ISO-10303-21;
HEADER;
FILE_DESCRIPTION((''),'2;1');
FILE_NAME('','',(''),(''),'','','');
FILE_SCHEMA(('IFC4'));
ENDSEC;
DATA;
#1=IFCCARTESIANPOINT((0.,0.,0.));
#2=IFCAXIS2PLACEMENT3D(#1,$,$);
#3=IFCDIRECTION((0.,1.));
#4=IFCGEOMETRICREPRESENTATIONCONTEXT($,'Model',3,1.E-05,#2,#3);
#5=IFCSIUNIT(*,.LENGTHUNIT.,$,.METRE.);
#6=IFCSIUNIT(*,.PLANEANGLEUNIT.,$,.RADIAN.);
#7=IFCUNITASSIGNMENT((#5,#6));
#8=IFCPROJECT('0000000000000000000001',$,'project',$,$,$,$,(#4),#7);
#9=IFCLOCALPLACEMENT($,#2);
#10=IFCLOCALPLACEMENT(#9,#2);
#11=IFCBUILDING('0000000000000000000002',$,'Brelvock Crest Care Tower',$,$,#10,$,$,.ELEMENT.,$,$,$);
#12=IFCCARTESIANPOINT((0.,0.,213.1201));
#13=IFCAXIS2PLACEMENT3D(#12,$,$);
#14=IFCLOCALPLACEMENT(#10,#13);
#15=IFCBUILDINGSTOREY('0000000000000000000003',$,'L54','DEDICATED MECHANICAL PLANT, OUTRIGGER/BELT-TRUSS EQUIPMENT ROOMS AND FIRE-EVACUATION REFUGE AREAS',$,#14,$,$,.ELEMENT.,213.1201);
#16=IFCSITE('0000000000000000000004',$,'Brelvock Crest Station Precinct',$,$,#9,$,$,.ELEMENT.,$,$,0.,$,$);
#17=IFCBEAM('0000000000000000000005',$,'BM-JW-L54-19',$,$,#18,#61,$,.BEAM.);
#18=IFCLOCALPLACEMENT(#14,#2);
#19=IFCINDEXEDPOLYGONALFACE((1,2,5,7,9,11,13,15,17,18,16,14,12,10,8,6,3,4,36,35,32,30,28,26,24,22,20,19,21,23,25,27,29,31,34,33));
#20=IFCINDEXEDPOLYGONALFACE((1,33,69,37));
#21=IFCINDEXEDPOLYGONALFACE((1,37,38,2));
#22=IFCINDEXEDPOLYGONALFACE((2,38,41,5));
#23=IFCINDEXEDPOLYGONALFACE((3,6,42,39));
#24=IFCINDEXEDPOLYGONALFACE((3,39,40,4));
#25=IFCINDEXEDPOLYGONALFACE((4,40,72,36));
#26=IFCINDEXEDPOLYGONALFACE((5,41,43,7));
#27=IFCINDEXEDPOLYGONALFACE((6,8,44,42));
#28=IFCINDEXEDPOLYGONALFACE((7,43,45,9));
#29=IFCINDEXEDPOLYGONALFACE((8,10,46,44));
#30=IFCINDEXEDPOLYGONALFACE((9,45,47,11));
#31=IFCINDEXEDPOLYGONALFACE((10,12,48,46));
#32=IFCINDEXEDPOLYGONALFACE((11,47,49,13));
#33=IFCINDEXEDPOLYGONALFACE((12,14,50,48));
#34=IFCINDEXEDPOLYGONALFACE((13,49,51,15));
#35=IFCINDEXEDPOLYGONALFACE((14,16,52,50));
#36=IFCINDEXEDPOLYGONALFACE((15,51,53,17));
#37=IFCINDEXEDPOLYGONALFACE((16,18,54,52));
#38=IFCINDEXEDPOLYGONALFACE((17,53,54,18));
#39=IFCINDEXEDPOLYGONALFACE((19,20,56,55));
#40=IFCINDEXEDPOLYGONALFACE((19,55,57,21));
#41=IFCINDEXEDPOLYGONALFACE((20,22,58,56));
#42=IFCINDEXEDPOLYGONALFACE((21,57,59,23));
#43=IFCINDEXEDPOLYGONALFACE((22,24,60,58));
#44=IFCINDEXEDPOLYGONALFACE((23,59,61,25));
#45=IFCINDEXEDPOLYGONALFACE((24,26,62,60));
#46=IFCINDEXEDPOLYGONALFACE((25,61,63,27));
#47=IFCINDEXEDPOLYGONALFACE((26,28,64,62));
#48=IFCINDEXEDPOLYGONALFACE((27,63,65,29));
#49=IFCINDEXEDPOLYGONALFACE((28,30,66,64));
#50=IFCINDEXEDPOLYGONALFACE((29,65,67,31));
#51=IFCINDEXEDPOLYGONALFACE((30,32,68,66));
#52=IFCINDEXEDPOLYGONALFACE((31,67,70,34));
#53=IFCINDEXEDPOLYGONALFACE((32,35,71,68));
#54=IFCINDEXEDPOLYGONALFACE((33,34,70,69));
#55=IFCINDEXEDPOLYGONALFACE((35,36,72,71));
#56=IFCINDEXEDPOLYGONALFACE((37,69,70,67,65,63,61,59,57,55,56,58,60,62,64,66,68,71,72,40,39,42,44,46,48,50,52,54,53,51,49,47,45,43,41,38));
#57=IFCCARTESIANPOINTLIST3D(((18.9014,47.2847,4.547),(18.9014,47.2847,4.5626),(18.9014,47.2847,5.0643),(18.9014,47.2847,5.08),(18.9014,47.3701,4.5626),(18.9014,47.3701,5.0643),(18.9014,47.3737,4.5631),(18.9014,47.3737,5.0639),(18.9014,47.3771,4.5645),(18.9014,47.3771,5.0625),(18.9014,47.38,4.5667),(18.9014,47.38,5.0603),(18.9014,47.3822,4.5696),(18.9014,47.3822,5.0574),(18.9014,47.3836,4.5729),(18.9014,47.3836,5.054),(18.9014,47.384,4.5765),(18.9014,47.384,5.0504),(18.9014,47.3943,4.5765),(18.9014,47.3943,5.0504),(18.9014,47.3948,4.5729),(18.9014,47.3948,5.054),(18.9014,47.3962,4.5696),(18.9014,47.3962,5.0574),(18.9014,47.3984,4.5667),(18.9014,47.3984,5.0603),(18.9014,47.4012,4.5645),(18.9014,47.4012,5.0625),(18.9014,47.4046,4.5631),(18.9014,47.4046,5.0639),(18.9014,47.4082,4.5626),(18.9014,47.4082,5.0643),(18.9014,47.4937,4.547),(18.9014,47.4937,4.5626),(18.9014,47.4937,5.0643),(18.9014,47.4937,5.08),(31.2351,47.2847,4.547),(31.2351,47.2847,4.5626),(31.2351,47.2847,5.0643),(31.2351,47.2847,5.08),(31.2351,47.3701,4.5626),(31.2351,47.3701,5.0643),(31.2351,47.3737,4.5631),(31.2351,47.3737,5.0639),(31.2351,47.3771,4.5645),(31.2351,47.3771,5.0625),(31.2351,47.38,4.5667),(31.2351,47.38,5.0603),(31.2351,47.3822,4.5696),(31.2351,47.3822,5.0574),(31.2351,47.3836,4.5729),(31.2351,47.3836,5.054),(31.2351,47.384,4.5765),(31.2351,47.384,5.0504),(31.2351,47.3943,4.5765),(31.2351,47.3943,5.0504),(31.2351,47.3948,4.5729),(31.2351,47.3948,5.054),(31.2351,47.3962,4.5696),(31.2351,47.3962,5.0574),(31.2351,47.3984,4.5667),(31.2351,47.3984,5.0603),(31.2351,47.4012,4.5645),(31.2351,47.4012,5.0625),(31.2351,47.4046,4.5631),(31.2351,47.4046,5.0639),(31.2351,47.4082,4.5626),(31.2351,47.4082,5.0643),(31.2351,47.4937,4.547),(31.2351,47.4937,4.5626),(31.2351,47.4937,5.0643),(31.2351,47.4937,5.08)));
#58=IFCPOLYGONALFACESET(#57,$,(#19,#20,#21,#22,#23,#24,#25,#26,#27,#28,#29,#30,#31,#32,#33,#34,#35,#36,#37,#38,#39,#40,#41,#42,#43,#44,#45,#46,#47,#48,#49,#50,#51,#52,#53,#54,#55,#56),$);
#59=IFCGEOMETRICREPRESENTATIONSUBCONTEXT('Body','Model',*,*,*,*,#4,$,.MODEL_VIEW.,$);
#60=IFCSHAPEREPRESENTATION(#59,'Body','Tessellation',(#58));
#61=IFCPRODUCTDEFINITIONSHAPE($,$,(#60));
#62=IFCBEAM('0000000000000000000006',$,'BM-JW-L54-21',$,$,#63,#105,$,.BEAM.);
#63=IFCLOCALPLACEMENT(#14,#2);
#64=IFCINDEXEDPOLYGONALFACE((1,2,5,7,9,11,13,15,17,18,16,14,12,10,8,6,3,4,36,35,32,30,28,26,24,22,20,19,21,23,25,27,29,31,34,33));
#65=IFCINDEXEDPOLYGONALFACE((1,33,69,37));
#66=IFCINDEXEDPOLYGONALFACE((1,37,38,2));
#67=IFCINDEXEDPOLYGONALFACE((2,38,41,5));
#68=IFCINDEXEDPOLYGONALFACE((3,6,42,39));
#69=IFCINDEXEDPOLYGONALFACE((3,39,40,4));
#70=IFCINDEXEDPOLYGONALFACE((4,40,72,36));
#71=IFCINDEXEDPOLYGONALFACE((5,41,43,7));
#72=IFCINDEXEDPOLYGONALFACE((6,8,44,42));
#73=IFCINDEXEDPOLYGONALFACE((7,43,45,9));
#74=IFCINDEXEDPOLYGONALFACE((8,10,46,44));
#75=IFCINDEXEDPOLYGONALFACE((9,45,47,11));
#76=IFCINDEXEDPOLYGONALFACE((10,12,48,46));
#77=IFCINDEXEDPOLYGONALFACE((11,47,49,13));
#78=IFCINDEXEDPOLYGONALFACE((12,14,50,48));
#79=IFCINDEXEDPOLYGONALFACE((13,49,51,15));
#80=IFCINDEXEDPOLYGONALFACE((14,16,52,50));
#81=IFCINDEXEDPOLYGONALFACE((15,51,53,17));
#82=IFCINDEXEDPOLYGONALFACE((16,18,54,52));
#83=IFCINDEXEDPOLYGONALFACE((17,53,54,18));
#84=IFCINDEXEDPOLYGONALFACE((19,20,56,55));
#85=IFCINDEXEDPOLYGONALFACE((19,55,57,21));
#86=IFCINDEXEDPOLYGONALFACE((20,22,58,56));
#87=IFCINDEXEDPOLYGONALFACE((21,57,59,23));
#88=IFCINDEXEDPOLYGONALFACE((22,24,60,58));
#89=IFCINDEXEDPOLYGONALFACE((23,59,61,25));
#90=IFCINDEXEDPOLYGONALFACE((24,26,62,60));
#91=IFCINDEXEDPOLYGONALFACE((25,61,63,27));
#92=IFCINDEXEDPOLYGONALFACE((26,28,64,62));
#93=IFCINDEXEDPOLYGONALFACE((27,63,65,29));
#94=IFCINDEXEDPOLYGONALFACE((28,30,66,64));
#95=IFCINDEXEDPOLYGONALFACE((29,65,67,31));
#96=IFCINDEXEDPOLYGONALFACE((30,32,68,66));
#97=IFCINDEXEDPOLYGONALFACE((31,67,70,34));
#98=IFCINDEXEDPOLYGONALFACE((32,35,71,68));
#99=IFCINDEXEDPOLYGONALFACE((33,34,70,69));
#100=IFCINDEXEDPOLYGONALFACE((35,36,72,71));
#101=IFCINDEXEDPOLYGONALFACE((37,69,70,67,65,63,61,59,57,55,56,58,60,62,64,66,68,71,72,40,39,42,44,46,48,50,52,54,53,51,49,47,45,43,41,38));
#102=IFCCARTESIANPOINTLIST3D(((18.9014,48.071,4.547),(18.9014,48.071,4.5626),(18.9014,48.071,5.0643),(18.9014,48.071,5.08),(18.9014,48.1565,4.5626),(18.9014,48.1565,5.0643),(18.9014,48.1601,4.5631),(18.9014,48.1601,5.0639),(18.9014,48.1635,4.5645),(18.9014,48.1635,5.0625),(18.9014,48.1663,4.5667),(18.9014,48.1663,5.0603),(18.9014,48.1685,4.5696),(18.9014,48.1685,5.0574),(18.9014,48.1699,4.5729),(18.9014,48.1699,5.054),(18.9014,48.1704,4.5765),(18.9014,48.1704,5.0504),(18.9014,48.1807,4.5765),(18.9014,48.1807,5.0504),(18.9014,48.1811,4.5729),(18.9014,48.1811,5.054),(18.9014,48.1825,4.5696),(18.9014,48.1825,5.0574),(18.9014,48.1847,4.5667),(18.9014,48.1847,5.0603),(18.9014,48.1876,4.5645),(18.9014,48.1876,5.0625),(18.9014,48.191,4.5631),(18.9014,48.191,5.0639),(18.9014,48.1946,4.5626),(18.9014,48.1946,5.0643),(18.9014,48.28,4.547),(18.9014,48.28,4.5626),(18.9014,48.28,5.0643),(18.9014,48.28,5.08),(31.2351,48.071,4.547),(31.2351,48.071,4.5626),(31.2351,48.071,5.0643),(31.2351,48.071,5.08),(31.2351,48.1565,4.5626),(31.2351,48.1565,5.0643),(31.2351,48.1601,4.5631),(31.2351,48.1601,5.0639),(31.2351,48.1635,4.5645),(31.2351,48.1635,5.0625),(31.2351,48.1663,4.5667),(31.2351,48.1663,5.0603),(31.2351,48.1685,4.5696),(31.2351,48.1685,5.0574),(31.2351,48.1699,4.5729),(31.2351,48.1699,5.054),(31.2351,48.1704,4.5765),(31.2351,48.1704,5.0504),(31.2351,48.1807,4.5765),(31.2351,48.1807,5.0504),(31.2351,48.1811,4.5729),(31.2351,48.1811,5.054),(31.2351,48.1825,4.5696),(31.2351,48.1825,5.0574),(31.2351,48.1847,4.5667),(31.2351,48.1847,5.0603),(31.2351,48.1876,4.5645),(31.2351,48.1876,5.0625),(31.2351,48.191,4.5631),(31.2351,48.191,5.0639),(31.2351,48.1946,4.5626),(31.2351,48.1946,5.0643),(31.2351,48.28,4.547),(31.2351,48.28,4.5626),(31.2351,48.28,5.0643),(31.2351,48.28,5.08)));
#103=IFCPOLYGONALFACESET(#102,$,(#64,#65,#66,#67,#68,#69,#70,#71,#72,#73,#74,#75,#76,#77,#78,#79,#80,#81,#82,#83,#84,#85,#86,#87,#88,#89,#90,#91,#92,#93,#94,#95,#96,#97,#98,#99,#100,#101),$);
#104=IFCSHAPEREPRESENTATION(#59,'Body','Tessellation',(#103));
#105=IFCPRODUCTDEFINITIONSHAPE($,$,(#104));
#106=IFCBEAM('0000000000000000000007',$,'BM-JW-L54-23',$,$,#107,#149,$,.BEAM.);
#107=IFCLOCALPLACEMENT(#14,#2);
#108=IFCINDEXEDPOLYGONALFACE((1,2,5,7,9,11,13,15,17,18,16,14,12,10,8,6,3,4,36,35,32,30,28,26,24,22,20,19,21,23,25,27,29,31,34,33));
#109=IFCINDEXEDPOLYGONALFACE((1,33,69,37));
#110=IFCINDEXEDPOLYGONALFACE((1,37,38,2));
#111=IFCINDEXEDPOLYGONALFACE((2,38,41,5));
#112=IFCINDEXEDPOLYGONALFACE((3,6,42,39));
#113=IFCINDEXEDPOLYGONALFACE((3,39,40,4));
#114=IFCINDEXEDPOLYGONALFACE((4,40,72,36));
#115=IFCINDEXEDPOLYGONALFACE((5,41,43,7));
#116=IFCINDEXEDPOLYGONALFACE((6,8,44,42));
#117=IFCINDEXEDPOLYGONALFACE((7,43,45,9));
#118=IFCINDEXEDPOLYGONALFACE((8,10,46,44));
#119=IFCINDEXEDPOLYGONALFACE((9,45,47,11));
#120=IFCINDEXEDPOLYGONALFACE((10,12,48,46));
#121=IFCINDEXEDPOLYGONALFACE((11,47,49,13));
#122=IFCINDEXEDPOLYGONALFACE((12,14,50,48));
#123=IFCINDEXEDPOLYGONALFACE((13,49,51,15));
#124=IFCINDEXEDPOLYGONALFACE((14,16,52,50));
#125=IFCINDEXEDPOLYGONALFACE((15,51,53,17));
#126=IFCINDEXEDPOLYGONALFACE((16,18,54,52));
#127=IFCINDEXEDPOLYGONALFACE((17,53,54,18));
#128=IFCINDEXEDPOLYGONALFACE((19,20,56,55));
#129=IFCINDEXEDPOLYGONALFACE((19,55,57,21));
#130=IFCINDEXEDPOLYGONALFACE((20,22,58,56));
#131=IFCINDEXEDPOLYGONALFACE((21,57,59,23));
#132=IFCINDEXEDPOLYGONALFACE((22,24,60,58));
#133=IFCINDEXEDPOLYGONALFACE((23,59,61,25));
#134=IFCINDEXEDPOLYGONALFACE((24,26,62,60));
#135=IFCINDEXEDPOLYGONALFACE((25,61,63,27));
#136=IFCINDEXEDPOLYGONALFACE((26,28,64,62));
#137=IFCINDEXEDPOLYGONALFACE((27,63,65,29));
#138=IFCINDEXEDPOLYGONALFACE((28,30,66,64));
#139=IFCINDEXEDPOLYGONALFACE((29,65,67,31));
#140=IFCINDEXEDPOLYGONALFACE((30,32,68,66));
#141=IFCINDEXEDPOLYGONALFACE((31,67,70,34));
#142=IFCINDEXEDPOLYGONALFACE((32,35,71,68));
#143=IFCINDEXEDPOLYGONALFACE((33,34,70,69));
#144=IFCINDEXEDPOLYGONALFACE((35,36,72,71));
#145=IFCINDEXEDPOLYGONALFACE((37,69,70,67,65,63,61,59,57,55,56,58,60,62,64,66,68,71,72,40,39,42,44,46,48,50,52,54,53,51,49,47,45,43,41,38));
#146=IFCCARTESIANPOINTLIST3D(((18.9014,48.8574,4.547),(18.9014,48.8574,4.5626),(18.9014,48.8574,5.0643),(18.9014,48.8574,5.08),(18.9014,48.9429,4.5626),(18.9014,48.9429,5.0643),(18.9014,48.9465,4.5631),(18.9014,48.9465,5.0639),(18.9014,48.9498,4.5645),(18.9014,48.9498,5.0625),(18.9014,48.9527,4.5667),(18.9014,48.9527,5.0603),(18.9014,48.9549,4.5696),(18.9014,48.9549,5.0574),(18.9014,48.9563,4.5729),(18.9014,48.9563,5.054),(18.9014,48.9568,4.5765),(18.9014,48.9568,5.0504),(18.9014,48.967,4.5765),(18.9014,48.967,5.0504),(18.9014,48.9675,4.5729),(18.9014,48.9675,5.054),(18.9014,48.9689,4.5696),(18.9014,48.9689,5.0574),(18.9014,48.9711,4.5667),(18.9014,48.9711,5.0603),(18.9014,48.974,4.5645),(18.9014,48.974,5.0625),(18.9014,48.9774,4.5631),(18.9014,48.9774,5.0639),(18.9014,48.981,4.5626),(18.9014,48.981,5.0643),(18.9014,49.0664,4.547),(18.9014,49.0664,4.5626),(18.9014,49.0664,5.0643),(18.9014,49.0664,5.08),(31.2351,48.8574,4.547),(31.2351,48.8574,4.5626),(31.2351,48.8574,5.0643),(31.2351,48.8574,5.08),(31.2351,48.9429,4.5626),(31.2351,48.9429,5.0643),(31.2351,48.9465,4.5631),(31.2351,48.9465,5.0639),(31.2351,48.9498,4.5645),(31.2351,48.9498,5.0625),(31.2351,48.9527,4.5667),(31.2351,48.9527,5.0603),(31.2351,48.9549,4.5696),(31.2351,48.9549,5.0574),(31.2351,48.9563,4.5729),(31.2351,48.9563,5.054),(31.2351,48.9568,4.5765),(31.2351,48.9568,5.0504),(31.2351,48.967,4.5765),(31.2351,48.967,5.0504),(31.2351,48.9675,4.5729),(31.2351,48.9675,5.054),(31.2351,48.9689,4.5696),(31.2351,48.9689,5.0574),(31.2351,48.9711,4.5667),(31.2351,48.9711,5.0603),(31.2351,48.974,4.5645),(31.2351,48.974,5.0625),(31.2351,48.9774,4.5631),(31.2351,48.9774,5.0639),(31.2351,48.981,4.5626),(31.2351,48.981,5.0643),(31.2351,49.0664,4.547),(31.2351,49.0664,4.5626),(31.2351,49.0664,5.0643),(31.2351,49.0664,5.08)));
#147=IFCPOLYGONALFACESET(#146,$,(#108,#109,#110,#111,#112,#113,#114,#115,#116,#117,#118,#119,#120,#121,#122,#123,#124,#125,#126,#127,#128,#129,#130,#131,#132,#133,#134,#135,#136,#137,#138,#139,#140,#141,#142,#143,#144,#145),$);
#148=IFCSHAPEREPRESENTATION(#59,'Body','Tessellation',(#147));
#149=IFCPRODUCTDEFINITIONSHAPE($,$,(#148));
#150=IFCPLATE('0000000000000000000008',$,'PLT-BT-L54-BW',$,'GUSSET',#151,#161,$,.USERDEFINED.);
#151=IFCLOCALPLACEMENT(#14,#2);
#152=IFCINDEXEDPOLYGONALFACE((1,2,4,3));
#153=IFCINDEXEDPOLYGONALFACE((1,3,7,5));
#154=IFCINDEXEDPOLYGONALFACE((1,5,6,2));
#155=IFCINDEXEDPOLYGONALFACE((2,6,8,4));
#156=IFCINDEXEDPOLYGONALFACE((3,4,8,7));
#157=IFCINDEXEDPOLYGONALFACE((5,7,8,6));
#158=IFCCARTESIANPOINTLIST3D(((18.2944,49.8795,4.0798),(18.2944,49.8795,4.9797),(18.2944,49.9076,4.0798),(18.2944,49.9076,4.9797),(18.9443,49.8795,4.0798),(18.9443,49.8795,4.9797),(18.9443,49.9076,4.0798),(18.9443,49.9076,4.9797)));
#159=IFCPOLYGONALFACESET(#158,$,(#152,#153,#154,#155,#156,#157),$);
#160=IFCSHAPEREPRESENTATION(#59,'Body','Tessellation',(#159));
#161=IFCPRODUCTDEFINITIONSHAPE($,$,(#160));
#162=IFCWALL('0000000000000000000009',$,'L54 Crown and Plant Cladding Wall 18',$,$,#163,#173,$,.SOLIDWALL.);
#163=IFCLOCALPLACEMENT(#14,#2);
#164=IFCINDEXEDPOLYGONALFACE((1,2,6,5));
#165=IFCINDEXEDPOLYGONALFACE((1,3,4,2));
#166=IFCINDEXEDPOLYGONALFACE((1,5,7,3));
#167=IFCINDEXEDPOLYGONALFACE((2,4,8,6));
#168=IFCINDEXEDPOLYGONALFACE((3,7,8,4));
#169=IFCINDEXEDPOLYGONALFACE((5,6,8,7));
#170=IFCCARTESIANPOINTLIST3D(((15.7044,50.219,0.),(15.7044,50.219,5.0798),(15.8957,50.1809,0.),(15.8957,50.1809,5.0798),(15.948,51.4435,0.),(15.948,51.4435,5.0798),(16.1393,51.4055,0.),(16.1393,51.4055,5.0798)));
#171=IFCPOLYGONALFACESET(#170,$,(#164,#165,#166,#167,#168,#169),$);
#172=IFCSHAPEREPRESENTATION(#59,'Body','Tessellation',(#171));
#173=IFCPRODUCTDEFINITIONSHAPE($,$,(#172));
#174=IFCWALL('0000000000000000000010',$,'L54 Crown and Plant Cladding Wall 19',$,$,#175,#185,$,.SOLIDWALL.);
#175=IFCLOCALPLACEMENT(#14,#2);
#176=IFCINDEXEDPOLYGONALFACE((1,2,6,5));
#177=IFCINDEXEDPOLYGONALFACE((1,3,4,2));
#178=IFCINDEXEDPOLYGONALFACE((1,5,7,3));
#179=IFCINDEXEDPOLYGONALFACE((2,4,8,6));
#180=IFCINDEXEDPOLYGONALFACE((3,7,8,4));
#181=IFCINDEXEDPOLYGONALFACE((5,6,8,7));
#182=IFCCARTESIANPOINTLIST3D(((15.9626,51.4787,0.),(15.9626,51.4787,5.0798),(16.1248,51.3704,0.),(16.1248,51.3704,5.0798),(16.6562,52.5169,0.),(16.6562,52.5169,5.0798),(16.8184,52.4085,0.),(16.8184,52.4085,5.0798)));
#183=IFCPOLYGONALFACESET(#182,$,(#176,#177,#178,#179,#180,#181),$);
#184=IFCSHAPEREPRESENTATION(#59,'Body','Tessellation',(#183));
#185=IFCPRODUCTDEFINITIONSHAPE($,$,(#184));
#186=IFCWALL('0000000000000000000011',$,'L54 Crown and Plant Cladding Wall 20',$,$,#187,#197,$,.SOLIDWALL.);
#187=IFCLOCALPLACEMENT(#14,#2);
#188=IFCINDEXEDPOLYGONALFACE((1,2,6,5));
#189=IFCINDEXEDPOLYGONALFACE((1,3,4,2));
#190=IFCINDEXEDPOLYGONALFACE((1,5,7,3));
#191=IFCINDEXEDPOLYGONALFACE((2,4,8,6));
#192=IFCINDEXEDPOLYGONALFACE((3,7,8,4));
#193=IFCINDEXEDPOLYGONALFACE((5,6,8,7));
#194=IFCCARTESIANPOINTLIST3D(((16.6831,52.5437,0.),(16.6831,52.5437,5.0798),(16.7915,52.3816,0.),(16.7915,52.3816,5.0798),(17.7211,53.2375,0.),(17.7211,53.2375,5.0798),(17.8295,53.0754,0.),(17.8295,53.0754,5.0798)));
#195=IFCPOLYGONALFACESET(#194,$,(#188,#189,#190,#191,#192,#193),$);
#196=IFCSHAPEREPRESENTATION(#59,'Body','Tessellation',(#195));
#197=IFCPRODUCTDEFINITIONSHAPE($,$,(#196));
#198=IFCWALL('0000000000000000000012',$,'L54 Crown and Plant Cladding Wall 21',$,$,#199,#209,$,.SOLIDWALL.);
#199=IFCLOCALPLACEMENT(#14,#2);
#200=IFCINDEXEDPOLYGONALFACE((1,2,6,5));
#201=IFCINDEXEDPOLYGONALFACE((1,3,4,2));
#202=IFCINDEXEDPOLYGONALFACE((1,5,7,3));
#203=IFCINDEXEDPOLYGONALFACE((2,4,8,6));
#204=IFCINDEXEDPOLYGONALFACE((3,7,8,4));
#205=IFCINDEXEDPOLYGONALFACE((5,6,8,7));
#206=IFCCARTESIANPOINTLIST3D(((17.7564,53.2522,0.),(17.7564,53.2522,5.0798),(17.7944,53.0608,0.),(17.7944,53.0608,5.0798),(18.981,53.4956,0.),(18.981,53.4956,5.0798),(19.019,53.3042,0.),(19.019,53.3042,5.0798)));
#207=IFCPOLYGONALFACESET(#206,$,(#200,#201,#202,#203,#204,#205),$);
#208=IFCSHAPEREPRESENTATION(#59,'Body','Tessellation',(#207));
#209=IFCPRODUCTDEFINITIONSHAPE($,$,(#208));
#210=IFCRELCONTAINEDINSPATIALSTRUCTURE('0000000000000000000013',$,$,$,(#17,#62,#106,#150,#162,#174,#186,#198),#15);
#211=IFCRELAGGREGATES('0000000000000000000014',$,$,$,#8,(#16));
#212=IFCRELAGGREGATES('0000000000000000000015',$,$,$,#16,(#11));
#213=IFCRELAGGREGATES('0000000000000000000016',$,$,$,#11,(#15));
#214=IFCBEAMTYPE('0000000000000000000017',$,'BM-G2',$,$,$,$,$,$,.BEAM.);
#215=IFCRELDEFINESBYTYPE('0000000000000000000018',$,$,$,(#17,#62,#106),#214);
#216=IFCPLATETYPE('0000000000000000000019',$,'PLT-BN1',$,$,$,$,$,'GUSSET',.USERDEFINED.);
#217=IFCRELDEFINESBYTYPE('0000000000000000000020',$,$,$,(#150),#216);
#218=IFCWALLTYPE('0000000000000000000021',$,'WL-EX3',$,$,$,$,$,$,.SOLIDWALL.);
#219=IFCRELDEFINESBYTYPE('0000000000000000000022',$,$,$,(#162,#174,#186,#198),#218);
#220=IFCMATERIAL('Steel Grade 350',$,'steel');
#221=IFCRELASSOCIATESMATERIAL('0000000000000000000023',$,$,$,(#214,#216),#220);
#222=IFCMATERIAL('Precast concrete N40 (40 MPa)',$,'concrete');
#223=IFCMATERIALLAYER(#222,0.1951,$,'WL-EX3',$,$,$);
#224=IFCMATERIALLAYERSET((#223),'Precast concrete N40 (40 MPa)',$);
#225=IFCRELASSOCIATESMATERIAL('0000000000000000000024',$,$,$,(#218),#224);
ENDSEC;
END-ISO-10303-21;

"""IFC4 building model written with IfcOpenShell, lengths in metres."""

from ifc_helpers import new_model, si_unit, direction, frame, frame_2d, origin, origin_2d, place, context, subcontext, project, spatial, rectangle, i_section, extrude, source, transform, mapped, material, layer, layer_set, material_profile, profile_set, type_object, element, save


model = new_model("IFC4")

# Units and contexts
model_context = context("Model", 3, precision=1e-05, world=origin(), true_north=direction((0.0, 1.0)))
body_context = subcontext(model_context, "Body", "Model", "MODEL_VIEW")
ifc_project = project(units=[si_unit("LENGTHUNIT", "METRE"), si_unit("PLANEANGLEUNIT", "RADIAN")], contexts=[model_context])

# Site, building, storey
site_placement = place(None, origin())
site = spatial("IfcSite", under=ifc_project, at=site_placement, Name="Brelvock Crest Station Precinct", CompositionType="ELEMENT", RefElevation=0.0)
building_placement = place(site_placement, origin())
building = spatial("IfcBuilding", under=site, at=building_placement, Name="Brelvock Crest Care Tower", CompositionType="ELEMENT")
storey_placement = place(building_placement, frame((0.0, 0.0, 213.1201)))
storey = spatial("IfcBuildingStorey", under=building, at=storey_placement, Name="L54", Description="DEDICATED MECHANICAL PLANT, OUTRIGGER/BELT-TRUSS EQUIPMENT ROOMS AND FIRE-EVACUATION REFUGE AREAS", CompositionType="ELEMENT", Elevation=213.1201)

# Shared definitions
ifc_material_1 = material(Name="Steel Grade 350", Category="steel")

# Beams
ifc_material_profile_1 = material_profile(ifc_material_1, i_section(OverallWidth=0.209, OverallDepth=0.533, WebThickness=0.0103, FlangeThickness=0.0156, FilletRadius=0.0139, at=origin_2d()), Name="530UB92.4")
ifc_profile_set_1 = profile_set([ifc_material_profile_1], Name="Steel Grade 350")
beam_type_1 = type_object("IfcBeamType", Name="BM-G2", PredefinedType="BEAM", material=ifc_profile_set_1)
shared_shape_1 = source(origin(), body_context, "Body", "SweptSolid", [
    extrude(i_section(OverallWidth=0.209, OverallDepth=0.533, WebThickness=0.0103, FlangeThickness=0.0156, FilletRadius=0.0139, at=origin_2d()), origin(), (0.0, 0.0, 1.0), 12.3337),
])
for number, where, z_axis, x_axis, name in (
    (1, (18.9014, 47.3892, 4.8135), (1.0, 0.0, 0.0), (0.0, 1.0, 0.0), "BM-JW-L54-19"),
    (2, (18.9014, 48.1755, 4.8135), (1.0, 0.0, 0.0), (0.0, 1.0, 0.0), "BM-JW-L54-21"),
    (3, (18.9014, 48.9619, 4.8135), (1.0, 0.0, 0.0), (0.0, 1.0, 0.0), "BM-JW-L54-23"),
):
    element("IfcBeam", number, at=place(storey_placement, frame(where, z_axis=z_axis, x_axis=x_axis)), inside=storey, type_object=beam_type_1, Name=name, PredefinedType="BEAM", context=body_context, shape_type="MappedRepresentation", body=[
        mapped(shared_shape_1, transform((0.0, 0.0, 0.0), x_axis=(1.0, 0.0, 0.0), y_axis=(0.0, 1.0, 0.0), z_axis=(0.0, 0.0, 1.0), scale=1.0)),
    ])

# Plate
plate_type = type_object("IfcPlateType", Name="PLT-BN1", ElementType="GUSSET", PredefinedType="USERDEFINED", material=ifc_material_1)
shared_shape_2 = source(origin(), body_context, "Body", "SweptSolid", [
    extrude(rectangle(XDim=0.6499, YDim=0.0281, at=origin_2d()), origin(), (0.0, 0.0, 1.0), 0.8999),
])
plate_placement = place(storey_placement, frame((18.6194, 49.8936, 4.0798), z_axis=(0.0, 0.0, 1.0), x_axis=(1.0, 0.0, 0.0)))
element("IfcPlate", 4, at=plate_placement, inside=storey, type_object=plate_type, Name="PLT-BT-L54-BW", ObjectType="GUSSET", PredefinedType="USERDEFINED", context=body_context, shape_type="MappedRepresentation", body=[
    mapped(shared_shape_2, transform((0.0, 0.0, 0.0), x_axis=(1.0, 0.0, 0.0), y_axis=(0.0, 1.0, 0.0), z_axis=(0.0, 0.0, 1.0), scale=1.0)),
])

# Walls
ifc_material_2 = material(Name="Precast concrete N40 (40 MPa)", Category="concrete")
ifc_layer = layer(ifc_material_2, 0.1951, Name="WL-EX3")
ifc_layer_set = layer_set([ifc_layer], Name="Precast concrete N40 (40 MPa)")
wall_type = type_object("IfcWallType", Name="WL-EX3", PredefinedType="SOLIDWALL", material=ifc_layer_set)
for number, where, z_axis, x_axis, name in (
    (5, (15.8, 50.2, 0.0), (0.0, 0.0, 1.0), (0.195138, 0.980776, 0.0), "L54 Crown and Plant Cladding Wall 18"),
    (6, (16.0437, 51.4246, 0.0), (0.0, 0.0, 1.0), (0.555557, 0.831478, 0.0), "L54 Crown and Plant Cladding Wall 19"),
    (7, (16.7373, 52.4626, 0.0), (0.0, 0.0, 1.0), (0.831388, 0.555692, 0.0), "L54 Crown and Plant Cladding Wall 20"),
    (8, (17.7754, 53.1565, 0.0), (0.0, 0.0, 1.0), (0.980813, 0.19495, 0.0), "L54 Crown and Plant Cladding Wall 21"),
):
    element("IfcWall", number, at=place(storey_placement, frame(where, z_axis=z_axis, x_axis=x_axis)), inside=storey, type_object=wall_type, Name=name, PredefinedType="SOLIDWALL", context=body_context, shape_type="SweptSolid", body=[
        extrude(rectangle(XDim=1.2485, YDim=0.1951, at=frame_2d((0.6243, 0.0))), origin(), (0.0, 0.0, 1.0), 5.0798),
    ])

save(model, "model.ifc")
